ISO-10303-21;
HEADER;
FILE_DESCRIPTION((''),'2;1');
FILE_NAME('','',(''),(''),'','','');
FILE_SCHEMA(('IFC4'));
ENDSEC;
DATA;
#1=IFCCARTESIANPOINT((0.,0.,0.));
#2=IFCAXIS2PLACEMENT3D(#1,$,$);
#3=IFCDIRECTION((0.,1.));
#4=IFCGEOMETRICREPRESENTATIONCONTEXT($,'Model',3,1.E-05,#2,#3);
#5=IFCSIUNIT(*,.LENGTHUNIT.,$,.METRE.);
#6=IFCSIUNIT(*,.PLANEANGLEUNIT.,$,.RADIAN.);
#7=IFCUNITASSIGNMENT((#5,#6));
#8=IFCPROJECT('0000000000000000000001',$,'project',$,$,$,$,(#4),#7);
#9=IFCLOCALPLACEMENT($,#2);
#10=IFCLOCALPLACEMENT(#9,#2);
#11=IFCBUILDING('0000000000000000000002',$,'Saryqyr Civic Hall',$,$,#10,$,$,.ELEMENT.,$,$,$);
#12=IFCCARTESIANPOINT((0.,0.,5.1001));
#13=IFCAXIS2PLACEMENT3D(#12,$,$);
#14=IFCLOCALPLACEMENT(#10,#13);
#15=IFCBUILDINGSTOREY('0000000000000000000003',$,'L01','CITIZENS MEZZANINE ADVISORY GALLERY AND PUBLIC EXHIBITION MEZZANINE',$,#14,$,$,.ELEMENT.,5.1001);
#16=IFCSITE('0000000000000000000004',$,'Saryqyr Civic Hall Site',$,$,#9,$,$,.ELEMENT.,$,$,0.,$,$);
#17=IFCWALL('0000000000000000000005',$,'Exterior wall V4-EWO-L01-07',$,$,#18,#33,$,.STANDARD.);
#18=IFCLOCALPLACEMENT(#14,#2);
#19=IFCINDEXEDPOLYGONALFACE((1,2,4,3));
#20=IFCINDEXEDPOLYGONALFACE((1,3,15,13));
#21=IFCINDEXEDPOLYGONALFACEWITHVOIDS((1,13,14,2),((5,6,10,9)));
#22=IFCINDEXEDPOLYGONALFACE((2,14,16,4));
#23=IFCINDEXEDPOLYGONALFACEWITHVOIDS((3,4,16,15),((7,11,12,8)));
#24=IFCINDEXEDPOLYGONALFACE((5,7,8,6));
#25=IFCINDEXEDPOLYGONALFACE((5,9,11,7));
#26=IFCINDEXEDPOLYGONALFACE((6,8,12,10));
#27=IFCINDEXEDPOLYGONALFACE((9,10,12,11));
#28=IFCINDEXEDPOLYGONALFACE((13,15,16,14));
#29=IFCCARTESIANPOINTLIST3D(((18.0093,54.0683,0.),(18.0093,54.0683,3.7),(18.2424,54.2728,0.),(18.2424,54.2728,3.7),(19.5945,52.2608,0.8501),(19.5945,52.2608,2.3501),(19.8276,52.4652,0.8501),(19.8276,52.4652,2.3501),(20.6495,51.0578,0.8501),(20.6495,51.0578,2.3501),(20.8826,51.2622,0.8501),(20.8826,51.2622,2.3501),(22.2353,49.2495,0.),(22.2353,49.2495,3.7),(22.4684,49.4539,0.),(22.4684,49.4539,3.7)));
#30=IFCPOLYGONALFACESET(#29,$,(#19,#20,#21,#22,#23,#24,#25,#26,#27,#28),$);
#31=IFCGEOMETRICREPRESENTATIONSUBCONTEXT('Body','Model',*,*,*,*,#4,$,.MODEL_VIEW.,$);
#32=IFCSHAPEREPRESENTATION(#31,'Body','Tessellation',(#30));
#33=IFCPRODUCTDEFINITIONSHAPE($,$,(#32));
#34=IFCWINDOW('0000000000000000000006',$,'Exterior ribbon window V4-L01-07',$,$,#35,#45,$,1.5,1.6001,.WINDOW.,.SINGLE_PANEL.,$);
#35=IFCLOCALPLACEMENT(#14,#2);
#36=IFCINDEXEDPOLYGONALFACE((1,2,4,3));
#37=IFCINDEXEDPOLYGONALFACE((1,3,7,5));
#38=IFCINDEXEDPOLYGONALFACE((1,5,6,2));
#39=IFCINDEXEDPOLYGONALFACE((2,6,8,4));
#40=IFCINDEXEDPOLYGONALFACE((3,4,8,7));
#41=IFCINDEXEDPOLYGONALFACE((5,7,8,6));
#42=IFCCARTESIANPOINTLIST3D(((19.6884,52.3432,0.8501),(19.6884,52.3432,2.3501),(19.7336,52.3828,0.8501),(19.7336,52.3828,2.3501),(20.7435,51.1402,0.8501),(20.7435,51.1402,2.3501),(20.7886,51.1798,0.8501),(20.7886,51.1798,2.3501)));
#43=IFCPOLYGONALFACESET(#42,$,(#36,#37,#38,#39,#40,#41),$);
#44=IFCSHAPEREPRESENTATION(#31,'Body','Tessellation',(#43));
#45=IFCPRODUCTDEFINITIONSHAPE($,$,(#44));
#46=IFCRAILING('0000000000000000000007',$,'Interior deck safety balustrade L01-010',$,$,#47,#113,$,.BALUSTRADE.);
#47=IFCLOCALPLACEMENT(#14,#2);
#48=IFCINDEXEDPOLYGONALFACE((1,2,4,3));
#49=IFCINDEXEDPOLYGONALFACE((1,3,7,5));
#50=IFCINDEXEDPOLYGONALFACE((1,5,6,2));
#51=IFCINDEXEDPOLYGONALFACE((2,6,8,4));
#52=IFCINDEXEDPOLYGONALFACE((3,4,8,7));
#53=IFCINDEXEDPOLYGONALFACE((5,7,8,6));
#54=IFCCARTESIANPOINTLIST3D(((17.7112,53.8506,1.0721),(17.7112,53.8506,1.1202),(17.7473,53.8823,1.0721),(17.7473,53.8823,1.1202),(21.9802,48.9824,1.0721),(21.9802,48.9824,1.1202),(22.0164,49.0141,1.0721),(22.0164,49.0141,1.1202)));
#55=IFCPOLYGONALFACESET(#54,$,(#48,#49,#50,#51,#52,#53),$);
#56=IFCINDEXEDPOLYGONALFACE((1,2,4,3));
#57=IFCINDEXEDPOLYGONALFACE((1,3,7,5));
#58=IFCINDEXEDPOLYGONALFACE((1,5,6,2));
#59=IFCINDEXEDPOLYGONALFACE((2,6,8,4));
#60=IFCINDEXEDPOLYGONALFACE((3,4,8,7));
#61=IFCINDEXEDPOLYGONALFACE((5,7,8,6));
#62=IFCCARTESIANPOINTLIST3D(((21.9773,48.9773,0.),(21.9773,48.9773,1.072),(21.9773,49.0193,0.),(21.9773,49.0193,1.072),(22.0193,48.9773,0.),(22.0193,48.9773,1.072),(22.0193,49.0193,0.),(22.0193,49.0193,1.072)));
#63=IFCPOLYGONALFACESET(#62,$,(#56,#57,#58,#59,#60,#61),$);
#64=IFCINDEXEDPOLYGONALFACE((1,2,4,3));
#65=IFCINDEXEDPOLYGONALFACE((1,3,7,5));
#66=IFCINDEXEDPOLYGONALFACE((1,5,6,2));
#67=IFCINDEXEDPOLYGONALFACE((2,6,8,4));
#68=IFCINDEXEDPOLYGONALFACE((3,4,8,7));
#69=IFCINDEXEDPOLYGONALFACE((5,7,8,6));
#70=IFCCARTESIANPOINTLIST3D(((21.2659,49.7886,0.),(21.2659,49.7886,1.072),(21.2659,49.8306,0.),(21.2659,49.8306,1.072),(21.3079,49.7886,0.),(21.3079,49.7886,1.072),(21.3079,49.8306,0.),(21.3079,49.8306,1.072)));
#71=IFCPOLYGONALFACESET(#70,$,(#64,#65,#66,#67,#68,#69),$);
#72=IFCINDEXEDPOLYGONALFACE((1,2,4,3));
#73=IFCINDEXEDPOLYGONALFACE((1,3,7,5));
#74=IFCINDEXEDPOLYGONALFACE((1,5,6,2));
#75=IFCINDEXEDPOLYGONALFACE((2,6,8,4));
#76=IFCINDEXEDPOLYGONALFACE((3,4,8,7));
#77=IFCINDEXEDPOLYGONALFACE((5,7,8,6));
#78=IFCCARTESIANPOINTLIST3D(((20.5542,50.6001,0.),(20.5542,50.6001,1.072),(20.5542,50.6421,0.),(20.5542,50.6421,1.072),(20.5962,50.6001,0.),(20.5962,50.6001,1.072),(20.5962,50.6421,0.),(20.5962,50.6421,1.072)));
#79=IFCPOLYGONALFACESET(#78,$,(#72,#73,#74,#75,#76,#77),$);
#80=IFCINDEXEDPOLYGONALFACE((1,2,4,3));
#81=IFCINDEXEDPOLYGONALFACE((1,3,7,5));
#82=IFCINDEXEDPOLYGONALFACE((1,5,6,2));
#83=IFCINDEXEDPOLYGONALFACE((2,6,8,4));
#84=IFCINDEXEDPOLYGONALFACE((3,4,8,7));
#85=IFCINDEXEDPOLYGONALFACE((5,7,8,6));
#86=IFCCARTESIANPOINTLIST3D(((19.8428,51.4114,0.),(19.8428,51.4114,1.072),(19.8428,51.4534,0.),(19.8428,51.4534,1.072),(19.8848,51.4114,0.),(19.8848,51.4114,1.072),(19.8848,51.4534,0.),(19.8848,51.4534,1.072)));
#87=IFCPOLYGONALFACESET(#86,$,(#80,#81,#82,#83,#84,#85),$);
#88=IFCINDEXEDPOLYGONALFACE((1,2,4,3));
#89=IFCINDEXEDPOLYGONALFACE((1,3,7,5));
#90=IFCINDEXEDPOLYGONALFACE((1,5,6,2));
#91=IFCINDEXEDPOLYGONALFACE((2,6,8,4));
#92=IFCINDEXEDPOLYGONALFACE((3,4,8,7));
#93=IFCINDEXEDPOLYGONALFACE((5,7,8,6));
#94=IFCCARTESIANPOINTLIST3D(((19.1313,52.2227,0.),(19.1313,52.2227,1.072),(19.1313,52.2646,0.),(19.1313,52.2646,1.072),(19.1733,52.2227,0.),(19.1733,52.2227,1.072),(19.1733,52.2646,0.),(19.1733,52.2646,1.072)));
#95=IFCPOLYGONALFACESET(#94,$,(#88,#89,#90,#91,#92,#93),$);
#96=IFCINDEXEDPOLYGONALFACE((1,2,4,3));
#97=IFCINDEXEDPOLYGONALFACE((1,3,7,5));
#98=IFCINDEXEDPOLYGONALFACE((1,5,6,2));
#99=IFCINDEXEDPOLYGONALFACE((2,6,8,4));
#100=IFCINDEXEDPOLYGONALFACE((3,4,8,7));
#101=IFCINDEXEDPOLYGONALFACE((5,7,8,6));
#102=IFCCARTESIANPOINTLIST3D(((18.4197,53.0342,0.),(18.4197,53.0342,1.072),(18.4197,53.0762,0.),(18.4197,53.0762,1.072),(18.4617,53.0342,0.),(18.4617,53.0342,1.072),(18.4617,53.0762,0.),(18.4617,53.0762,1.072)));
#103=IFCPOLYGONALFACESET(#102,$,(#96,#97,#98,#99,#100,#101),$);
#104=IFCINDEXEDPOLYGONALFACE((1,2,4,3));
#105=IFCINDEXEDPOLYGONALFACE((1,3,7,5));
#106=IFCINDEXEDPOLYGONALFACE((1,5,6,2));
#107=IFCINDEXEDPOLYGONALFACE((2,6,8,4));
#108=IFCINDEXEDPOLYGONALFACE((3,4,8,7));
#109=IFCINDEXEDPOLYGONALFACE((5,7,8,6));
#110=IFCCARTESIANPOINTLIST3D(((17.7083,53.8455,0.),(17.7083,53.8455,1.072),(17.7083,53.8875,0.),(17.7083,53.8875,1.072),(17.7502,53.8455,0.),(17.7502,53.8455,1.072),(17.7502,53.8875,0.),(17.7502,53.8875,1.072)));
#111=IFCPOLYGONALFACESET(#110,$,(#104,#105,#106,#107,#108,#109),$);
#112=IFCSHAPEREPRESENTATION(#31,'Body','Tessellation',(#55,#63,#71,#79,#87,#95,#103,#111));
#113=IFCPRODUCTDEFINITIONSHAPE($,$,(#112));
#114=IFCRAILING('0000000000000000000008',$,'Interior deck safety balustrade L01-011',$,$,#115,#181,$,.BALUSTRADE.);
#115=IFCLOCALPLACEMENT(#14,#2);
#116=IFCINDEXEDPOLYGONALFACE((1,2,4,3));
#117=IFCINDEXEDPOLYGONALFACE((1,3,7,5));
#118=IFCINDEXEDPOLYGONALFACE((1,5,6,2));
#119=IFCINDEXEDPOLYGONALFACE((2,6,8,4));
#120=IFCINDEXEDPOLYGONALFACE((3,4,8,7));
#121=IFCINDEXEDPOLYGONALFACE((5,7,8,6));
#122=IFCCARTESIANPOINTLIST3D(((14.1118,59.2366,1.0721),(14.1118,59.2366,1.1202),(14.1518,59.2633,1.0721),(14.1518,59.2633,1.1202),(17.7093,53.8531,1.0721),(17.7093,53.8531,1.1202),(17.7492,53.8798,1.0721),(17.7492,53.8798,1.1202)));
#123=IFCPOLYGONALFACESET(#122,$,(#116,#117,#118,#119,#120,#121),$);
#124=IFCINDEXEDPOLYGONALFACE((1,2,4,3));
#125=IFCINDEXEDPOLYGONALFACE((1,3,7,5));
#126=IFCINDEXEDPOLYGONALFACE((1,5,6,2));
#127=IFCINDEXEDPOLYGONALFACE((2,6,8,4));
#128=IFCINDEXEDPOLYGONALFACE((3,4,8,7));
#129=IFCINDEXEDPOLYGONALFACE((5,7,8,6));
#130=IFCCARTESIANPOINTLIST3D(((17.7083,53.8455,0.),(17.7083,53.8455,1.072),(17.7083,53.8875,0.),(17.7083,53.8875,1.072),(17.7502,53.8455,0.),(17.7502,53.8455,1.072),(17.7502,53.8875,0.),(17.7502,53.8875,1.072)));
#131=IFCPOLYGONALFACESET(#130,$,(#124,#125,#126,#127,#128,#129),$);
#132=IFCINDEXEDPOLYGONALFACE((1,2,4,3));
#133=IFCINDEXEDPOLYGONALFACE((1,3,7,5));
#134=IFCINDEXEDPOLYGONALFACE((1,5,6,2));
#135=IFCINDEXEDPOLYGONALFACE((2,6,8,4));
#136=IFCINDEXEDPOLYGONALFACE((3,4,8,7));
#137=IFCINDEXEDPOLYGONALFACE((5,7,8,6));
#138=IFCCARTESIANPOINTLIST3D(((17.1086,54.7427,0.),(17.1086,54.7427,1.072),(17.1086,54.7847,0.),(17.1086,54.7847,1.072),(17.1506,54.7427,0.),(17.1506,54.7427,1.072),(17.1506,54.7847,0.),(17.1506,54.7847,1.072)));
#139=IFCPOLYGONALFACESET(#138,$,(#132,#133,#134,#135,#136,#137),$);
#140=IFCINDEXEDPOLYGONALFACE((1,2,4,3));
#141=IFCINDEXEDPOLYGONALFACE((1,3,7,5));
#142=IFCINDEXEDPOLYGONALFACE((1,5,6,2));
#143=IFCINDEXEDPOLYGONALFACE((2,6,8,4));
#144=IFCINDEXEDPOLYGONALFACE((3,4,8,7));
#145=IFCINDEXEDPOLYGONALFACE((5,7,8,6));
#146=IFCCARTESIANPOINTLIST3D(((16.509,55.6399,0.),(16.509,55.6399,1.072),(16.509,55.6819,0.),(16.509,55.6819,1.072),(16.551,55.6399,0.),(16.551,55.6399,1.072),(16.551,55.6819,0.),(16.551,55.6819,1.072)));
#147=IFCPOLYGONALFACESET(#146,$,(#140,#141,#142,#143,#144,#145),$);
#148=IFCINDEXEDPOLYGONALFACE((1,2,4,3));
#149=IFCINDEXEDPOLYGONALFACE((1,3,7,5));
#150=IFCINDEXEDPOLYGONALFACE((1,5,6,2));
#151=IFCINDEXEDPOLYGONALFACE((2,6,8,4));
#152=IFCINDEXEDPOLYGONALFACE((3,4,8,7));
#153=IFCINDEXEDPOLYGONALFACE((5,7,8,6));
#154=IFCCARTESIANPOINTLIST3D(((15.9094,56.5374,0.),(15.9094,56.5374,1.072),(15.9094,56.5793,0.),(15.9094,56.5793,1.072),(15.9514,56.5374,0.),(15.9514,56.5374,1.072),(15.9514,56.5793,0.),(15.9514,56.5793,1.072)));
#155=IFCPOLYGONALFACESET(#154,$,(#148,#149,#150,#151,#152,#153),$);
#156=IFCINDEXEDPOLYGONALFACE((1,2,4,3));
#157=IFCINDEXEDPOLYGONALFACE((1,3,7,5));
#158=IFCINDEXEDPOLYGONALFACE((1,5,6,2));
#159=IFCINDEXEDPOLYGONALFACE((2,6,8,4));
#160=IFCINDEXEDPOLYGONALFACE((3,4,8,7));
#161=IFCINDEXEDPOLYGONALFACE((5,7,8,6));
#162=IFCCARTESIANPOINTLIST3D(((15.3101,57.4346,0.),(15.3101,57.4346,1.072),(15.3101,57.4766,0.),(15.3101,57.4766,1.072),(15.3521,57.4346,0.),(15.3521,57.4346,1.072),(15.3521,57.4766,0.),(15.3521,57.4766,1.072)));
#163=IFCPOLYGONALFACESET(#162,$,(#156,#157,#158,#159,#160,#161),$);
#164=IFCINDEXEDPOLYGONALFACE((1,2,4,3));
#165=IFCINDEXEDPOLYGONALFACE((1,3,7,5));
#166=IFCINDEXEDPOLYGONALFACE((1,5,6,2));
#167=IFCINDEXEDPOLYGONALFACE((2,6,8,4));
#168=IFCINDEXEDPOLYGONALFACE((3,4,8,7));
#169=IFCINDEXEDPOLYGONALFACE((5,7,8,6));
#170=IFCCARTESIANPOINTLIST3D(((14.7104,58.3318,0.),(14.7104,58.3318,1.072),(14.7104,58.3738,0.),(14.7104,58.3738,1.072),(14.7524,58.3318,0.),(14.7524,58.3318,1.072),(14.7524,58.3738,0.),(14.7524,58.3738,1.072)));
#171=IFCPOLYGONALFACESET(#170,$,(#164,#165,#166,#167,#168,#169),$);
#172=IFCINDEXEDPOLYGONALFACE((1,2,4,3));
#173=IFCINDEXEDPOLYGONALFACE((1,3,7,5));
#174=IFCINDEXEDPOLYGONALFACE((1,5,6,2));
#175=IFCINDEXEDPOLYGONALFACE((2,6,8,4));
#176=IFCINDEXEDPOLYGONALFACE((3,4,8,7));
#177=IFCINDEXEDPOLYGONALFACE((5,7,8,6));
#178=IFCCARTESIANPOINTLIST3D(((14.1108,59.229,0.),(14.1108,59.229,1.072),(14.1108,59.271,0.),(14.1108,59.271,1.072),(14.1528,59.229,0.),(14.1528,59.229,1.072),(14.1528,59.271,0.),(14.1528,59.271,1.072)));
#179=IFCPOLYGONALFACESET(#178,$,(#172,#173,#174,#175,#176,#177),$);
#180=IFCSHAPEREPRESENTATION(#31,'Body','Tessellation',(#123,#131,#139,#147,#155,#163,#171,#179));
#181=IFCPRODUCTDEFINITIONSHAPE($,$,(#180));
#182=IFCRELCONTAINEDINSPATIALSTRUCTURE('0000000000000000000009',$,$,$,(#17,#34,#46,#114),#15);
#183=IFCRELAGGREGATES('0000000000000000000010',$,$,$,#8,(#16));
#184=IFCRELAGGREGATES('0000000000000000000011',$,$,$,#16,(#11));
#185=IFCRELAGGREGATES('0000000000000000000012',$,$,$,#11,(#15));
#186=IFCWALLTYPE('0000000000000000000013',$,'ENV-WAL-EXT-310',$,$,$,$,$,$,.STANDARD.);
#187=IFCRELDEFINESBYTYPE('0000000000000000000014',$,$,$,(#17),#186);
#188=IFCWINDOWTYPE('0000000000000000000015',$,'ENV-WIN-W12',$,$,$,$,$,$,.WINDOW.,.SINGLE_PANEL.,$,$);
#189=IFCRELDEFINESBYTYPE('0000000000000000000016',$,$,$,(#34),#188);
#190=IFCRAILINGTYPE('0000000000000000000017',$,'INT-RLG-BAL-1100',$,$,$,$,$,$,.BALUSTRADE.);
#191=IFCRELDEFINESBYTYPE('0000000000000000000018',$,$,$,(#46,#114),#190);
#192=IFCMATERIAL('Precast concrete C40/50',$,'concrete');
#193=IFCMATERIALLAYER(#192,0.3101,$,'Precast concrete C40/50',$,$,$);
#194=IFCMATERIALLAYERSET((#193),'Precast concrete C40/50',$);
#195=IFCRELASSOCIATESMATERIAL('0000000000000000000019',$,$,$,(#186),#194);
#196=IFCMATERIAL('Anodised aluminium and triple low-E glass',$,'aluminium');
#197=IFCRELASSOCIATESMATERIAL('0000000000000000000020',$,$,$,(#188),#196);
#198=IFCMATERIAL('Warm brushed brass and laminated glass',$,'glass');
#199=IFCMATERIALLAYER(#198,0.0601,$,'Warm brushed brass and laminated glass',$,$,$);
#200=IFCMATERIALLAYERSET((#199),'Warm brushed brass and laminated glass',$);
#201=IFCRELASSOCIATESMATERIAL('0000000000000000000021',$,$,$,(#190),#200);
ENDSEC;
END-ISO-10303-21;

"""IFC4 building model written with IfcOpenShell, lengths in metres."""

from ifc_helpers import new_model, si_unit, direction, frame, frame_2d, origin, origin_2d, place, context, subcontext, project, spatial, rectangle, extrude, material, layer, layer_set, type_object, element, fill, save


model = new_model("IFC4")

# Units and contexts
model_context = context("Model", 3, precision=1e-05, world=origin(), true_north=direction((0.0, 1.0)))
body_context = subcontext(model_context, "Body", "Model", "MODEL_VIEW")
ifc_project = project(units=[si_unit("LENGTHUNIT", "METRE"), si_unit("PLANEANGLEUNIT", "RADIAN")], contexts=[model_context])

# Site, building, storey
site_placement = place(None, origin())
site = spatial("IfcSite", under=ifc_project, at=site_placement, Name="Saryqyr Civic Hall Site", CompositionType="ELEMENT", RefElevation=0.0)
building_placement = place(site_placement, origin())
building = spatial("IfcBuilding", under=site, at=building_placement, Name="Saryqyr Civic Hall", CompositionType="ELEMENT")
storey_placement = place(building_placement, frame((0.0, 0.0, 5.1001)))
storey = spatial("IfcBuildingStorey", under=building, at=storey_placement, Name="L01", Description="CITIZENS MEZZANINE ADVISORY GALLERY AND PUBLIC EXHIBITION MEZZANINE", CompositionType="ELEMENT", Elevation=5.1001)

# Shared definitions
ifc_material_1 = material(Name="Anodised aluminium and triple low-E glass", Category="aluminium")

# Wall, opening, window
ifc_material_2 = material(Name="Precast concrete C40/50", Category="concrete")
ifc_layer_1 = layer(ifc_material_2, 0.3101, Name="Precast concrete C40/50")
ifc_layer_set_1 = layer_set([ifc_layer_1], Name="Precast concrete C40/50")
wall_type = type_object("IfcWallType", Name="ENV-WAL-EXT-310", PredefinedType="STANDARD", material=ifc_layer_set_1)
wall_1_placement = place(storey_placement, frame((22.3518, 49.3518, 0.0), z_axis=(0.0, 0.0, 1.0), x_axis=(-0.659351, 0.751835, 0.0)))
wall_1 = element("IfcWall", 1, at=wall_1_placement, inside=storey, type_object=wall_type, Name="Exterior wall V4-EWO-L01-07", PredefinedType="STANDARD", context=body_context, shape_type="SweptSolid", body=[
    extrude(rectangle(XDim=6.4094, YDim=0.3101, at=frame_2d((3.2046, 0.0))), origin(), (0.0, 0.0, 1.0), 3.7),
])
opening_1_placement = place(wall_1_placement, frame((2.405, 0.0, 0.8501)))
opening_1 = element("IfcOpeningElement", 2, at=opening_1_placement, cuts=wall_1, PredefinedType="OPENING", context=body_context, shape_type="SweptSolid", body=[
    extrude(rectangle(XDim=1.6001, YDim=1.5, at=frame_2d((0.8, 0.75))), frame((0.0, 0.165, 0.0), z_axis=(0.0, -1.0, 0.0), x_axis=(1.0, 0.0, 0.0)), (0.0, 0.0, 1.0), 0.3301),
])
window_type_1 = type_object("IfcWindowType", Name="ENV-WIN-W12", PartitioningType="SINGLE_PANEL", PredefinedType="WINDOW", material=ifc_material_1)
window_1_placement = place(opening_1_placement, origin())
window_1 = element("IfcWindow", 3, at=window_1_placement, inside=storey, type_object=window_type_1, Name="Exterior ribbon window V4-L01-07", OverallHeight=1.5, OverallWidth=1.6001, PartitioningType="SINGLE_PANEL", PredefinedType="WINDOW", context=body_context, shape_type="SweptSolid", body=[
    extrude(rectangle(XDim=1.6001, YDim=1.5, at=frame_2d((0.8, 0.75))), frame((0.0, 0.03, 0.0), z_axis=(0.0, -1.0, 0.0), x_axis=(1.0, 0.0, 0.0)), (0.0, 0.0, 1.0), 0.0601),
])
fill(opening_1, window_1)

# Railings
ifc_material_3 = material(Name="Warm brushed brass and laminated glass", Category="glass")
ifc_layer_2 = layer(ifc_material_3, 0.0601, Name="Warm brushed brass and laminated glass")
ifc_layer_set_2 = layer_set([ifc_layer_2], Name="Warm brushed brass and laminated glass")
railing_type = type_object("IfcRailingType", Name="INT-RLG-BAL-1100", PredefinedType="BALUSTRADE", material=ifc_layer_set_2)
railing_1_placement = place(storey_placement, frame((21.9983, 48.9983, 0.0)))
element("IfcRailing", 4, at=railing_1_placement, inside=storey, type_object=railing_type, Name="Interior deck safety balustrade L01-010", PredefinedType="BALUSTRADE", context=body_context, shape_type="SweptSolid", body=[
    extrude(rectangle(XDim=0.0481, YDim=0.0481, at=origin_2d()), frame((0.0, 0.0, 1.0962), z_axis=(-0.659326, 0.751857, 0.0), x_axis=(-0.751857, -0.659326, 0.0)), (0.0, 0.0, 1.0), 6.4749),
    extrude(rectangle(XDim=0.042, YDim=0.042, at=origin_2d()), origin(), (0.0, 0.0, 1.0), 1.072),
    extrude(rectangle(XDim=0.042, YDim=0.042, at=origin_2d()), frame((-0.7114, 0.8113, 0.0)), (0.0, 0.0, 1.0), 1.072),
    extrude(rectangle(XDim=0.042, YDim=0.042, at=origin_2d()), frame((-1.4231, 1.6228, 0.0)), (0.0, 0.0, 1.0), 1.072),
    extrude(rectangle(XDim=0.042, YDim=0.042, at=origin_2d()), frame((-2.1345, 2.4341, 0.0)), (0.0, 0.0, 1.0), 1.072),
    extrude(rectangle(XDim=0.042, YDim=0.042, at=origin_2d()), frame((-2.8459, 3.2454, 0.0)), (0.0, 0.0, 1.0), 1.072),
    extrude(rectangle(XDim=0.042, YDim=0.042, at=origin_2d()), frame((-3.5576, 4.0569, 0.0)), (0.0, 0.0, 1.0), 1.072),
    extrude(rectangle(XDim=0.042, YDim=0.042, at=origin_2d()), frame((-4.269, 4.8682, 0.0)), (0.0, 0.0, 1.0), 1.072),
])
railing_2_placement = place(storey_placement, frame((17.7292, 53.8665, 0.0)))
element("IfcRailing", 5, at=railing_2_placement, inside=storey, type_object=railing_type, Name="Interior deck safety balustrade L01-011", PredefinedType="BALUSTRADE", context=body_context, shape_type="SweptSolid", body=[
    extrude(rectangle(XDim=0.0481, YDim=0.0481, at=origin_2d()), frame((0.0, 0.0, 1.0962), z_axis=(-0.555596, 0.831452, 0.0), x_axis=(-0.831452, -0.555596, 0.0)), (0.0, 0.0, 1.0), 6.4749),
    extrude(rectangle(XDim=0.042, YDim=0.042, at=origin_2d()), origin(), (0.0, 0.0, 1.0), 1.072),
    extrude(rectangle(XDim=0.042, YDim=0.042, at=origin_2d()), frame((-0.5996, 0.8972, 0.0)), (0.0, 0.0, 1.0), 1.072),
    extrude(rectangle(XDim=0.042, YDim=0.042, at=origin_2d()), frame((-1.1992, 1.7944, 0.0)), (0.0, 0.0, 1.0), 1.072),
    extrude(rectangle(XDim=0.042, YDim=0.042, at=origin_2d()), frame((-1.7988, 2.6919, 0.0)), (0.0, 0.0, 1.0), 1.072),
    extrude(rectangle(XDim=0.042, YDim=0.042, at=origin_2d()), frame((-2.3982, 3.5891, 0.0)), (0.0, 0.0, 1.0), 1.072),
    extrude(rectangle(XDim=0.042, YDim=0.042, at=origin_2d()), frame((-2.9978, 4.4863, 0.0)), (0.0, 0.0, 1.0), 1.072),
    extrude(rectangle(XDim=0.042, YDim=0.042, at=origin_2d()), frame((-3.5974, 5.3835, 0.0)), (0.0, 0.0, 1.0), 1.072),
])

save(model, "model.ifc")
